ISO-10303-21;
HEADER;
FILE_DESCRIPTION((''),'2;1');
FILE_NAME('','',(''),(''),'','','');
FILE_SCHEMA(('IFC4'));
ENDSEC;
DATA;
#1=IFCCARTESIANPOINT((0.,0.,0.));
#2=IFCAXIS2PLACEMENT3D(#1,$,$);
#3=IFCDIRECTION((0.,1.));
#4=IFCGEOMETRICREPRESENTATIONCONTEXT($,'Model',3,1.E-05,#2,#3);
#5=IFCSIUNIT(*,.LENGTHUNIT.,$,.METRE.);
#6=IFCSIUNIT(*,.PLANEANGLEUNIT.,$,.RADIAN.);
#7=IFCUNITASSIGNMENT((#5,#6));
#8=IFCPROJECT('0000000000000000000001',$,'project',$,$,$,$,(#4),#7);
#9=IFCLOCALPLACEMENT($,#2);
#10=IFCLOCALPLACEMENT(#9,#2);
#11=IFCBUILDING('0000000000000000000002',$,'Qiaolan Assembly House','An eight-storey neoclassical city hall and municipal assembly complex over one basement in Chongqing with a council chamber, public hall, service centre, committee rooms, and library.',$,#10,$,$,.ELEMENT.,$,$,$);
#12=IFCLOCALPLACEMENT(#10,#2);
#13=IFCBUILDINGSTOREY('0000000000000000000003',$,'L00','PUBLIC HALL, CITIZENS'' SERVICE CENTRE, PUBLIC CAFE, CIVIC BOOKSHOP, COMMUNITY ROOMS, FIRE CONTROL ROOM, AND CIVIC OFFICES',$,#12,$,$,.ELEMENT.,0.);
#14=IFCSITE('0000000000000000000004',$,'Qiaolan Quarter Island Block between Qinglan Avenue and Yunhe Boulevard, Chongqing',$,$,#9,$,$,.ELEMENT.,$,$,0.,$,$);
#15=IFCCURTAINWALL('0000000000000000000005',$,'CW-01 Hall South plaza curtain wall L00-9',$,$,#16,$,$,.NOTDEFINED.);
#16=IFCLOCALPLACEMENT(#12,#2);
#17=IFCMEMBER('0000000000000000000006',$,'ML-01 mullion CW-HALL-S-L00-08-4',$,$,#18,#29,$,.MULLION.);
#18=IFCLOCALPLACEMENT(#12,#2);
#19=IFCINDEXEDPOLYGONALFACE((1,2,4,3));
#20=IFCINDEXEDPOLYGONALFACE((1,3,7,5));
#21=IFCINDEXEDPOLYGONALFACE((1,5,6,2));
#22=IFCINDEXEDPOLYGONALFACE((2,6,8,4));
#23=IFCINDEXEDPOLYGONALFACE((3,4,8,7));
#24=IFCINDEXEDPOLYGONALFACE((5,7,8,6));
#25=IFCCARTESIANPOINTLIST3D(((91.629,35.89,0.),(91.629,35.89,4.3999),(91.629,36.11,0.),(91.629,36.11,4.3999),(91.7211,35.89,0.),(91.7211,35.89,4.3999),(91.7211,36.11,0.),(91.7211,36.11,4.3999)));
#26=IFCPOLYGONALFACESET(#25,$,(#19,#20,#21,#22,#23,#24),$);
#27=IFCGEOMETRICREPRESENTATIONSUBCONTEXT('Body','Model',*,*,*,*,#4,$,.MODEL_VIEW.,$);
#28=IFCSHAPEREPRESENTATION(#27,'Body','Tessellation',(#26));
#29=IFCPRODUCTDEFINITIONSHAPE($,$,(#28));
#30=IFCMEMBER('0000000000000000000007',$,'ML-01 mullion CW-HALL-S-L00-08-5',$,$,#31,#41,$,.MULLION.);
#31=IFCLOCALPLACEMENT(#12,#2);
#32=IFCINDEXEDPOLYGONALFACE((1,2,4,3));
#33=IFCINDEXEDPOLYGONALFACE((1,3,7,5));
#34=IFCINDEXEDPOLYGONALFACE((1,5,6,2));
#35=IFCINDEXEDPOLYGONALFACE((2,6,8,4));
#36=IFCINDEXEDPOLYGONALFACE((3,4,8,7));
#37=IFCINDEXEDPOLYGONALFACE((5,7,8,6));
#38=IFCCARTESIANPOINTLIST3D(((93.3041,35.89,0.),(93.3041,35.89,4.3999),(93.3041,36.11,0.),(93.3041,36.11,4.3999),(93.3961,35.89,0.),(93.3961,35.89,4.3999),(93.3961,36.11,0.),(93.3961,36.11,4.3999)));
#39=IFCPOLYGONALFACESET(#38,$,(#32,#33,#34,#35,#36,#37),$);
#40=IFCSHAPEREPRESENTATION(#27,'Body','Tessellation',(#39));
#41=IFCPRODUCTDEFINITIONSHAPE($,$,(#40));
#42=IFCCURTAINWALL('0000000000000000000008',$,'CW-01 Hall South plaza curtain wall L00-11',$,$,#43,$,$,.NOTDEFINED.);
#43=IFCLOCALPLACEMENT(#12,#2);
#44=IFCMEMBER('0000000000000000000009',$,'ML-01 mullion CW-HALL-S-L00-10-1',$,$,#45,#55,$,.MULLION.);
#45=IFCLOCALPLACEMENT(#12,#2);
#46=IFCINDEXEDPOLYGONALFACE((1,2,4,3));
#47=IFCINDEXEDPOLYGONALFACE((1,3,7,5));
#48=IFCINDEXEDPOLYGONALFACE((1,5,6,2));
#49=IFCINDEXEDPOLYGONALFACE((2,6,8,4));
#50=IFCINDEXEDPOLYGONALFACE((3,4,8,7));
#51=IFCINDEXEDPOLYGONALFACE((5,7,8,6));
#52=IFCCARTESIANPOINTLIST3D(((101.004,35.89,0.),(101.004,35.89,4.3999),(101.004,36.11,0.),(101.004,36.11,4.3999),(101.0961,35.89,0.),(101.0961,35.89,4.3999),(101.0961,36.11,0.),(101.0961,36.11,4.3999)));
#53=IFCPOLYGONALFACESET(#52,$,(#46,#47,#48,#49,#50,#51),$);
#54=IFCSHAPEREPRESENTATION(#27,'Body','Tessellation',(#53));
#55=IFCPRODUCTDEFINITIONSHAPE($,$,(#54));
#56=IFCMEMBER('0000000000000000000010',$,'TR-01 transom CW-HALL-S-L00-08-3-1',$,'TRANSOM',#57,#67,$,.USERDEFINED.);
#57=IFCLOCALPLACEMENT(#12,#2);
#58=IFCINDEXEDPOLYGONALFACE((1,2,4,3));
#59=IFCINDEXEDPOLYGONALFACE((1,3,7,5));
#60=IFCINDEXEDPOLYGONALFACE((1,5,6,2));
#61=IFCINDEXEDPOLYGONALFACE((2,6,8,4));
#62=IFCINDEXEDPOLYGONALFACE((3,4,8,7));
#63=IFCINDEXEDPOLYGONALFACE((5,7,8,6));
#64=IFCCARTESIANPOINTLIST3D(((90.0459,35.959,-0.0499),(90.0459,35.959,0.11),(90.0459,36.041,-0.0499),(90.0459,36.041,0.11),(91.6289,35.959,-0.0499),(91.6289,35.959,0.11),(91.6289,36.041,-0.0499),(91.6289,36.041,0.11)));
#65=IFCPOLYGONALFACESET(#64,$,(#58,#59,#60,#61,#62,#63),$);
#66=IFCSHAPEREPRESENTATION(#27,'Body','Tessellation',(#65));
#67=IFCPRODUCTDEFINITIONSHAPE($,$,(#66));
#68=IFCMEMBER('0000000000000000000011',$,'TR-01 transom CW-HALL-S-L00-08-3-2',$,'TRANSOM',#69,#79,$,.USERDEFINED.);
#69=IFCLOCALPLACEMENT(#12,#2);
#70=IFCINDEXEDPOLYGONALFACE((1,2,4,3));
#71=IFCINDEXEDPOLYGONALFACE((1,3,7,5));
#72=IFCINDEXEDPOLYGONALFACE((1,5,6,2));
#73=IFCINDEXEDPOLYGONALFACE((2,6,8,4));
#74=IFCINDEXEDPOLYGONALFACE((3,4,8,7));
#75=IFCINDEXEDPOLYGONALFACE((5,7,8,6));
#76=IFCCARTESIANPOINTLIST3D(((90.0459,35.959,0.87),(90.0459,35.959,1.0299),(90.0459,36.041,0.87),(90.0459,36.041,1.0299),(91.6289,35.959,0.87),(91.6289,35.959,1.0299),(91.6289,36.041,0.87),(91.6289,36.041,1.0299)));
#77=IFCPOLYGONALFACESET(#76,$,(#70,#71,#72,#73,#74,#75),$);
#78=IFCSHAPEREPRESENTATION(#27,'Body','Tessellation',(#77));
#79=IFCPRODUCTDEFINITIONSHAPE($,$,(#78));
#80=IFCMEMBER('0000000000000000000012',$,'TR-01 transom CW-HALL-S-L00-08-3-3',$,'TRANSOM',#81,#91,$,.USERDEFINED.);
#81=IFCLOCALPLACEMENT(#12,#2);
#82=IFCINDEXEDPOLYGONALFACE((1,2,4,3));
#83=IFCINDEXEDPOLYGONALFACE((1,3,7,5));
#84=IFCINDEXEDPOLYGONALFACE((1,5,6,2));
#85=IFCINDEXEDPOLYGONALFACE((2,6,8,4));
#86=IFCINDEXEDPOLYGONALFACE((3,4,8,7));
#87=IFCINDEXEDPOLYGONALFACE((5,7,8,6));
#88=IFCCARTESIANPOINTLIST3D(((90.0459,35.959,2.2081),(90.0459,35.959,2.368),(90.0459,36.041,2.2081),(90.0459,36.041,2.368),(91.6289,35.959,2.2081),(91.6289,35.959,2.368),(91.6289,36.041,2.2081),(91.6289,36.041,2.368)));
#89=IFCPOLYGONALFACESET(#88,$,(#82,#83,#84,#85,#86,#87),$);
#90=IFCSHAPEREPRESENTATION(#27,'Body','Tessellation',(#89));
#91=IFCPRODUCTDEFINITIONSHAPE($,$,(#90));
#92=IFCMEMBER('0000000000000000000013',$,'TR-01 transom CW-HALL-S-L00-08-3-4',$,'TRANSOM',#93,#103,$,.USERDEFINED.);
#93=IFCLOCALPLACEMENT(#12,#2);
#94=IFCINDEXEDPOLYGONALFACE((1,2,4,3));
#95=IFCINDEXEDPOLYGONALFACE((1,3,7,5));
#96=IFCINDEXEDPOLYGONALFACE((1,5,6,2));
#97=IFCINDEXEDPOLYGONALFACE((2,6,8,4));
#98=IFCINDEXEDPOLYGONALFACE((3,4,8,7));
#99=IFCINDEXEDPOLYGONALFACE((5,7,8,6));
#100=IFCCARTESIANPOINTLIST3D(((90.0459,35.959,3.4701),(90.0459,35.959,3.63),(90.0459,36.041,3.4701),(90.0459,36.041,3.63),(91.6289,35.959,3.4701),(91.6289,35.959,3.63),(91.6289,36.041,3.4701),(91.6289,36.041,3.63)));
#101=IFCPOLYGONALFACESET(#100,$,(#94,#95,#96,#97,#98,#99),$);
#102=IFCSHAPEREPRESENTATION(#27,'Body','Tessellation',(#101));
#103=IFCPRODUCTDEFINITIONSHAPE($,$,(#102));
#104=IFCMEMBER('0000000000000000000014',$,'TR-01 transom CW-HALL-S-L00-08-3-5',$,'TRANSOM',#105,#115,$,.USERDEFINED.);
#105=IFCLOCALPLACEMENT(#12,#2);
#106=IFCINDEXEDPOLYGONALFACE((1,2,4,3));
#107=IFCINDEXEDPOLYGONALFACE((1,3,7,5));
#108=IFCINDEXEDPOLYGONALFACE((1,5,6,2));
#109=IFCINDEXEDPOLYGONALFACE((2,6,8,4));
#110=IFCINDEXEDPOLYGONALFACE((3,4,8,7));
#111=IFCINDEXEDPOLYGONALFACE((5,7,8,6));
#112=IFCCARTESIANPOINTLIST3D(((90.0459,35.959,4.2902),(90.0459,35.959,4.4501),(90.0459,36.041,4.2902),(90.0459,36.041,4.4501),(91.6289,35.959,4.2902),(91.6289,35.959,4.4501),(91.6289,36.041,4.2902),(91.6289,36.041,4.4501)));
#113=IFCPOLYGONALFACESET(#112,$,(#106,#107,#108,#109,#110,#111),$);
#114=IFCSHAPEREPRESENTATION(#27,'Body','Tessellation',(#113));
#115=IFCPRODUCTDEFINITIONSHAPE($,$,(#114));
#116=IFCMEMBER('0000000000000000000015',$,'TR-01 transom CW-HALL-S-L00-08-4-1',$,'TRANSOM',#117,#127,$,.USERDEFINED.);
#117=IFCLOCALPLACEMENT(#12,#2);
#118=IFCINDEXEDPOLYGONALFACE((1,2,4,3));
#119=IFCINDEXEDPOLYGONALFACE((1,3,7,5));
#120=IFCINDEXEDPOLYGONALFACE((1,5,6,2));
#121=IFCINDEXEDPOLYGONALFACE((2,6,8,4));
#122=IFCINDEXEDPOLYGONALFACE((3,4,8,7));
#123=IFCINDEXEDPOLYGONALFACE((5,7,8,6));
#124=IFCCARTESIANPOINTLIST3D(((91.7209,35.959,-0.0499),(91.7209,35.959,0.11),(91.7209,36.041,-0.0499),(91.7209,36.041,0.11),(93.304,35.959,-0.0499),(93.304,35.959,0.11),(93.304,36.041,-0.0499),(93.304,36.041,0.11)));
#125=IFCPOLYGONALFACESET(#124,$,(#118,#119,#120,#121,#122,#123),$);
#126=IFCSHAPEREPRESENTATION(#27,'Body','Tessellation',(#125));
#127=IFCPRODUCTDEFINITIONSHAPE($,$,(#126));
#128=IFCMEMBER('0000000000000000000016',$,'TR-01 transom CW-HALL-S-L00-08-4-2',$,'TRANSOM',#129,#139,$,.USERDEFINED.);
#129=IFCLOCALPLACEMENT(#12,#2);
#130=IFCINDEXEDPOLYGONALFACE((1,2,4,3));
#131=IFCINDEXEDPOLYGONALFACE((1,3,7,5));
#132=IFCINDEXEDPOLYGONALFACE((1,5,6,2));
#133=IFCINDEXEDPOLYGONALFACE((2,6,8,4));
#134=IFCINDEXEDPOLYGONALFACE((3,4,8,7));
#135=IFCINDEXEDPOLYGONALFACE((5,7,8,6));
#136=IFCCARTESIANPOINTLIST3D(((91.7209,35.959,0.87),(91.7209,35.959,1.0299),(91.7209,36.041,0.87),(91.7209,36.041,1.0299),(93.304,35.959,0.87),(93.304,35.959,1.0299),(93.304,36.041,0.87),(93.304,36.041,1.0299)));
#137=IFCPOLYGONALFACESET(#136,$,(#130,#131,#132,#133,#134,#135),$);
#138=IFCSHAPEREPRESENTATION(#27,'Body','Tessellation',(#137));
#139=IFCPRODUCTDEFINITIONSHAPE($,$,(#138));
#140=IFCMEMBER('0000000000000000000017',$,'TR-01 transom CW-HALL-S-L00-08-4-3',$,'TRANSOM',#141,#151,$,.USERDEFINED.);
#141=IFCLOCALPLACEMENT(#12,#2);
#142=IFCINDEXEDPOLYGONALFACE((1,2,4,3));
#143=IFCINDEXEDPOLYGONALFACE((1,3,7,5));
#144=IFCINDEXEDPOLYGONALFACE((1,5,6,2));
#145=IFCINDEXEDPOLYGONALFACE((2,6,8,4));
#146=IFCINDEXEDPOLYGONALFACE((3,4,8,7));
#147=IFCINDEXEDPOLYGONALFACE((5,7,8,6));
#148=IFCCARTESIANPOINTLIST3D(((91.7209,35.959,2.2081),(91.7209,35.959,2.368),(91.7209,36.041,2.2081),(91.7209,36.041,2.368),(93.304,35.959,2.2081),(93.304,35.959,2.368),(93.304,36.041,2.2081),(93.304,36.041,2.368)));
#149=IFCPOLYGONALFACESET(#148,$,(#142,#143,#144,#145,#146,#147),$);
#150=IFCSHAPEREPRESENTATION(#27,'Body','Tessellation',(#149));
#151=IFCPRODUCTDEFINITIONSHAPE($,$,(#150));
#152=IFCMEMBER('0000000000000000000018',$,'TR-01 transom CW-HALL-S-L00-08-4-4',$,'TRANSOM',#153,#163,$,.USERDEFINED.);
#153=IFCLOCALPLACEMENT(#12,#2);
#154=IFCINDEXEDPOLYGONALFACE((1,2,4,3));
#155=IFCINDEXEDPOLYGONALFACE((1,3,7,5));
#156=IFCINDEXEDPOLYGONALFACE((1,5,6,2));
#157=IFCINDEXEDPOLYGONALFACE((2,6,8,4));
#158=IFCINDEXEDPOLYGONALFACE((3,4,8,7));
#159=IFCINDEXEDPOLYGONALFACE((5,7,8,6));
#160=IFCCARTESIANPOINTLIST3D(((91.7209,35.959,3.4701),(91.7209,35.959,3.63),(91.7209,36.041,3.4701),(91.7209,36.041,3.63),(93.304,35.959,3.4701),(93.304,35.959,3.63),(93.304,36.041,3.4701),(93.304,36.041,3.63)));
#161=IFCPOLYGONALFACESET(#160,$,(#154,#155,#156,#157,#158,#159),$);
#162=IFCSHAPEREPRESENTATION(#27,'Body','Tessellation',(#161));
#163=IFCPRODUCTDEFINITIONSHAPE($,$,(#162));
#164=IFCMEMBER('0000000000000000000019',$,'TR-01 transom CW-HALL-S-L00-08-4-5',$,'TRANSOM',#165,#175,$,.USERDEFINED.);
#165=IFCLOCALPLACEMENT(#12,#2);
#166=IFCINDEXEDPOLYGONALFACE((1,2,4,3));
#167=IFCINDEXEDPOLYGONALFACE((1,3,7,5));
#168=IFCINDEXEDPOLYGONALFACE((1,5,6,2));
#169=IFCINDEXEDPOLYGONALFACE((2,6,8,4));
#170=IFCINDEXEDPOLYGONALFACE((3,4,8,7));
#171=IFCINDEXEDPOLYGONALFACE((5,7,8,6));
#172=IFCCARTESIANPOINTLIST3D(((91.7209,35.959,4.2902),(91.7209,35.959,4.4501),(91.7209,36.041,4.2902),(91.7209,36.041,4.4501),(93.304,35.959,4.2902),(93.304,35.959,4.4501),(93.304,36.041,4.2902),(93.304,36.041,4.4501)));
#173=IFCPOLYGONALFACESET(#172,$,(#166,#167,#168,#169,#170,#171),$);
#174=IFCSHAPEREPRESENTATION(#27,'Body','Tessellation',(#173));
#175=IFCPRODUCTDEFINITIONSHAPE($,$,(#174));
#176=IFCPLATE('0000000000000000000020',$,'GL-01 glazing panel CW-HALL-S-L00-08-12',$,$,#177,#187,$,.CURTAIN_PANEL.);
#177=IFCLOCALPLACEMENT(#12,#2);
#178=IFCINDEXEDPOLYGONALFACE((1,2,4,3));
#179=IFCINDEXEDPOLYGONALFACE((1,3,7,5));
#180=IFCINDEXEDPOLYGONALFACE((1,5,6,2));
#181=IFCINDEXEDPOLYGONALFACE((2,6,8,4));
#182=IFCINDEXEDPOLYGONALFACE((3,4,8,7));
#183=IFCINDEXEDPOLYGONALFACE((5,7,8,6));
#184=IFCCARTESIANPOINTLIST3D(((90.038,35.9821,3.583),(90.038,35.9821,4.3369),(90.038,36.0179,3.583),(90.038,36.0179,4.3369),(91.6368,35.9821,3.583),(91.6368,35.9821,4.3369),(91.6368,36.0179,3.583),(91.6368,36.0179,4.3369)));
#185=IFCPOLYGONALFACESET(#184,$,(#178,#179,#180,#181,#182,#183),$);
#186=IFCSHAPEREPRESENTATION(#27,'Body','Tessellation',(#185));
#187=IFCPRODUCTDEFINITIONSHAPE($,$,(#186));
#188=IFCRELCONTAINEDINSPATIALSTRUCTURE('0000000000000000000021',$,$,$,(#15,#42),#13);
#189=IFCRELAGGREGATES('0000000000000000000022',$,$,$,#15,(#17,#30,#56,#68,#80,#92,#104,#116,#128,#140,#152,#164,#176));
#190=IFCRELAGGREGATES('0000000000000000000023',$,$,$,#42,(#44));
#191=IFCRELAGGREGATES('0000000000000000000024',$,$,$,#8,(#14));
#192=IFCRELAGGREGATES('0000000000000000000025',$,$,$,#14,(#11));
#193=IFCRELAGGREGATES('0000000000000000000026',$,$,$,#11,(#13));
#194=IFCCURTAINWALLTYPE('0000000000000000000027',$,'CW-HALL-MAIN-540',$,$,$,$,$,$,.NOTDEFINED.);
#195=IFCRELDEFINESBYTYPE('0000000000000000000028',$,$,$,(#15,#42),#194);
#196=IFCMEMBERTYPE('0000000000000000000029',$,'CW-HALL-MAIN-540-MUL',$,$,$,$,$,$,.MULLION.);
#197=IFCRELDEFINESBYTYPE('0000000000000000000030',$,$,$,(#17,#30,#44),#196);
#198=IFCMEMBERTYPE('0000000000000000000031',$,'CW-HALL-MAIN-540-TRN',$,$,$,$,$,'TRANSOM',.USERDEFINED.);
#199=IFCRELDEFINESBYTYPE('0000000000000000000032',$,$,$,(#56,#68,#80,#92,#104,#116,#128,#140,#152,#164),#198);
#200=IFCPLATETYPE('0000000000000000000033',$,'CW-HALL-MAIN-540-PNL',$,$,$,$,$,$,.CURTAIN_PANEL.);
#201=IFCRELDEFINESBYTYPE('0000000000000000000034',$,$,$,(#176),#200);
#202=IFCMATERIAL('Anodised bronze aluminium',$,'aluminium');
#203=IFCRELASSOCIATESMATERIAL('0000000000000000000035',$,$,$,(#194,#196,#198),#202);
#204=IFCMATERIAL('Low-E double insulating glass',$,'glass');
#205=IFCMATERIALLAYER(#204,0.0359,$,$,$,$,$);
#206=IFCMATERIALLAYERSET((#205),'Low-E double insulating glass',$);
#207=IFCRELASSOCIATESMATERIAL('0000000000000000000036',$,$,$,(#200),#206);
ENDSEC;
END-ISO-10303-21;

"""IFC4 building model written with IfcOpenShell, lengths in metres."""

from ifc_helpers import new_model, si_unit, direction, frame, frame_2d, origin, origin_2d, place, context, subcontext, project, spatial, rectangle, extrude, material, layer, layer_set, material_profile, profile_set, type_object, element, aggregate, save


model = new_model("IFC4")

# Units and contexts
model_context = context("Model", 3, precision=1e-05, world=origin(), true_north=direction((0.0, 1.0)))
body_context = subcontext(model_context, "Body", "Model", "MODEL_VIEW")
ifc_project = project(units=[si_unit("LENGTHUNIT", "METRE"), si_unit("PLANEANGLEUNIT", "RADIAN")], contexts=[model_context])

# Site, building, storey
site_placement = place(None, origin())
site = spatial("IfcSite", under=ifc_project, at=site_placement, Name="Qiaolan Quarter Island Block between Qinglan Avenue and Yunhe Boulevard, Chongqing", CompositionType="ELEMENT", RefElevation=0.0)
building_placement = place(site_placement, origin())
building = spatial("IfcBuilding", under=site, at=building_placement, Name="Qiaolan Assembly House", Description="An eight-storey neoclassical city hall and municipal assembly complex over one basement in Chongqing with a council chamber, public hall, service centre, committee rooms, and library.", CompositionType="ELEMENT")
storey_placement = place(building_placement, origin())
storey = spatial("IfcBuildingStorey", under=building, at=storey_placement, Name="L00", Description="PUBLIC HALL, CITIZENS' SERVICE CENTRE, PUBLIC CAFE, CIVIC BOOKSHOP, COMMUNITY ROOMS, FIRE CONTROL ROOM, AND CIVIC OFFICES", CompositionType="ELEMENT", Elevation=0.0)

# Curtain wall, members
ifc_material_1 = material(Name="Anodised bronze aluminium", Category="aluminium")
curtain_wall_type = type_object("IfcCurtainWallType", Name="CW-HALL-MAIN-540", PredefinedType="NOTDEFINED", material=ifc_material_1)
curtain_wall_1_placement = place(storey_placement, origin())
curtain_wall_1 = element("IfcCurtainWall", 1, at=curtain_wall_1_placement, inside=storey, type_object=curtain_wall_type, Name="CW-01 Hall South plaza curtain wall L00-9", PredefinedType="NOTDEFINED")
ifc_material_profile_1 = material_profile(ifc_material_1, rectangle(XDim=0.092, YDim=0.22, at=origin_2d()), Name="MUL 92x220")
ifc_profile_set_1 = profile_set([ifc_material_profile_1], Name="Anodised bronze aluminium")
member_type_1 = type_object("IfcMemberType", Name="CW-HALL-MAIN-540-MUL", PredefinedType="MULLION", material=ifc_profile_set_1)
member_1_placement = place(storey_placement, frame((91.675, 36.0, 0.0), z_axis=(0.0, 0.0, 1.0), x_axis=(1.0, 0.0, 0.0)))
member_1 = element("IfcMember", 2, at=member_1_placement, type_object=member_type_1, Name="ML-01 mullion CW-HALL-S-L00-08-4", PredefinedType="MULLION", context=body_context, shape_type="SweptSolid", body=[
    extrude(rectangle(XDim=0.092, YDim=0.22, at=origin_2d()), origin(), (0.0, 0.0, 1.0), 4.3999),
])
member_2_placement = place(storey_placement, frame((93.3501, 36.0, 0.0), z_axis=(0.0, 0.0, 1.0), x_axis=(1.0, 0.0, 0.0)))
member_2 = element("IfcMember", 3, at=member_2_placement, type_object=member_type_1, Name="ML-01 mullion CW-HALL-S-L00-08-5", PredefinedType="MULLION", context=body_context, shape_type="SweptSolid", body=[
    extrude(rectangle(XDim=0.092, YDim=0.22, at=origin_2d()), origin(), (0.0, 0.0, 1.0), 4.3999),
])

# Curtain wall, member
curtain_wall_2_placement = place(storey_placement, origin())
curtain_wall_2 = element("IfcCurtainWall", 4, at=curtain_wall_2_placement, inside=storey, type_object=curtain_wall_type, Name="CW-01 Hall South plaza curtain wall L00-11", PredefinedType="NOTDEFINED")
member_3_placement = place(storey_placement, frame((101.05, 36.0, 0.0), z_axis=(0.0, 0.0, 1.0), x_axis=(1.0, 0.0, 0.0)))
member_3 = element("IfcMember", 5, at=member_3_placement, type_object=member_type_1, Name="ML-01 mullion CW-HALL-S-L00-10-1", PredefinedType="MULLION", context=body_context, shape_type="SweptSolid", body=[
    extrude(rectangle(XDim=0.092, YDim=0.22, at=origin_2d()), origin(), (0.0, 0.0, 1.0), 4.3999),
])

# Members
ifc_material_profile_2 = material_profile(ifc_material_1, rectangle(XDim=0.082, YDim=0.1599, at=origin_2d()), Name="TRN 82x160")
ifc_profile_set_2 = profile_set([ifc_material_profile_2], Name="Anodised bronze aluminium")
member_type_2 = type_object("IfcMemberType", Name="CW-HALL-MAIN-540-TRN", ElementType="TRANSOM", PredefinedType="USERDEFINED", material=ifc_profile_set_2)
member_4_placement = place(storey_placement, frame((90.0459, 36.0, 0.03), z_axis=(1.0, 0.0, 0.0), x_axis=(0.0, 1.0, 0.0)))
member_4 = element("IfcMember", 6, at=member_4_placement, type_object=member_type_2, Name="TR-01 transom CW-HALL-S-L00-08-3-1", ObjectType="TRANSOM", PredefinedType="USERDEFINED", context=body_context, shape_type="SweptSolid", body=[
    extrude(rectangle(XDim=0.082, YDim=0.1599, at=origin_2d()), origin(), (0.0, 0.0, 1.0), 1.583),
])
member_5_placement = place(storey_placement, frame((90.0459, 36.0, 0.95), z_axis=(1.0, 0.0, 0.0), x_axis=(0.0, 1.0, 0.0)))
member_5 = element("IfcMember", 7, at=member_5_placement, type_object=member_type_2, Name="TR-01 transom CW-HALL-S-L00-08-3-2", ObjectType="TRANSOM", PredefinedType="USERDEFINED", context=body_context, shape_type="SweptSolid", body=[
    extrude(rectangle(XDim=0.082, YDim=0.1599, at=origin_2d()), origin(), (0.0, 0.0, 1.0), 1.583),
])
member_6_placement = place(storey_placement, frame((90.0459, 36.0, 2.2881), z_axis=(1.0, 0.0, 0.0), x_axis=(0.0, 1.0, 0.0)))
member_6 = element("IfcMember", 8, at=member_6_placement, type_object=member_type_2, Name="TR-01 transom CW-HALL-S-L00-08-3-3", ObjectType="TRANSOM", PredefinedType="USERDEFINED", context=body_context, shape_type="SweptSolid", body=[
    extrude(rectangle(XDim=0.082, YDim=0.1599, at=origin_2d()), origin(), (0.0, 0.0, 1.0), 1.583),
])
member_7_placement = place(storey_placement, frame((90.0459, 36.0, 3.55), z_axis=(1.0, 0.0, 0.0), x_axis=(0.0, 1.0, 0.0)))
member_7 = element("IfcMember", 9, at=member_7_placement, type_object=member_type_2, Name="TR-01 transom CW-HALL-S-L00-08-3-4", ObjectType="TRANSOM", PredefinedType="USERDEFINED", context=body_context, shape_type="SweptSolid", body=[
    extrude(rectangle(XDim=0.082, YDim=0.1599, at=origin_2d()), origin(), (0.0, 0.0, 1.0), 1.583),
])
member_8_placement = place(storey_placement, frame((90.0459, 36.0, 4.3701), z_axis=(1.0, 0.0, 0.0), x_axis=(0.0, 1.0, 0.0)))
member_8 = element("IfcMember", 10, at=member_8_placement, type_object=member_type_2, Name="TR-01 transom CW-HALL-S-L00-08-3-5", ObjectType="TRANSOM", PredefinedType="USERDEFINED", context=body_context, shape_type="SweptSolid", body=[
    extrude(rectangle(XDim=0.082, YDim=0.1599, at=origin_2d()), origin(), (0.0, 0.0, 1.0), 1.583),
])
member_9_placement = place(storey_placement, frame((91.7209, 36.0, 0.03), z_axis=(1.0, 0.0, 0.0), x_axis=(0.0, 1.0, 0.0)))
member_9 = element("IfcMember", 11, at=member_9_placement, type_object=member_type_2, Name="TR-01 transom CW-HALL-S-L00-08-4-1", ObjectType="TRANSOM", PredefinedType="USERDEFINED", context=body_context, shape_type="SweptSolid", body=[
    extrude(rectangle(XDim=0.082, YDim=0.1599, at=origin_2d()), origin(), (0.0, 0.0, 1.0), 1.583),
])
member_10_placement = place(storey_placement, frame((91.7209, 36.0, 0.95), z_axis=(1.0, 0.0, 0.0), x_axis=(0.0, 1.0, 0.0)))
member_10 = element("IfcMember", 12, at=member_10_placement, type_object=member_type_2, Name="TR-01 transom CW-HALL-S-L00-08-4-2", ObjectType="TRANSOM", PredefinedType="USERDEFINED", context=body_context, shape_type="SweptSolid", body=[
    extrude(rectangle(XDim=0.082, YDim=0.1599, at=origin_2d()), origin(), (0.0, 0.0, 1.0), 1.583),
])
member_11_placement = place(storey_placement, frame((91.7209, 36.0, 2.2881), z_axis=(1.0, 0.0, 0.0), x_axis=(0.0, 1.0, 0.0)))
member_11 = element("IfcMember", 13, at=member_11_placement, type_object=member_type_2, Name="TR-01 transom CW-HALL-S-L00-08-4-3", ObjectType="TRANSOM", PredefinedType="USERDEFINED", context=body_context, shape_type="SweptSolid", body=[
    extrude(rectangle(XDim=0.082, YDim=0.1599, at=origin_2d()), origin(), (0.0, 0.0, 1.0), 1.583),
])
member_12_placement = place(storey_placement, frame((91.7209, 36.0, 3.55), z_axis=(1.0, 0.0, 0.0), x_axis=(0.0, 1.0, 0.0)))
member_12 = element("IfcMember", 14, at=member_12_placement, type_object=member_type_2, Name="TR-01 transom CW-HALL-S-L00-08-4-4", ObjectType="TRANSOM", PredefinedType="USERDEFINED", context=body_context, shape_type="SweptSolid", body=[
    extrude(rectangle(XDim=0.082, YDim=0.1599, at=origin_2d()), origin(), (0.0, 0.0, 1.0), 1.583),
])
member_13_placement = place(storey_placement, frame((91.7209, 36.0, 4.3701), z_axis=(1.0, 0.0, 0.0), x_axis=(0.0, 1.0, 0.0)))
member_13 = element("IfcMember", 15, at=member_13_placement, type_object=member_type_2, Name="TR-01 transom CW-HALL-S-L00-08-4-5", ObjectType="TRANSOM", PredefinedType="USERDEFINED", context=body_context, shape_type="SweptSolid", body=[
    extrude(rectangle(XDim=0.082, YDim=0.1599, at=origin_2d()), origin(), (0.0, 0.0, 1.0), 1.583),
])

# Plate
ifc_material_2 = material(Name="Low-E double insulating glass", Category="glass")
ifc_layer_1 = layer(ifc_material_2, 0.0359)
ifc_layer_set_1 = layer_set([ifc_layer_1], Name="Low-E double insulating glass")
plate_type = type_object("IfcPlateType", Name="CW-HALL-MAIN-540-PNL", PredefinedType="CURTAIN_PANEL", material=ifc_layer_set_1)
plate_1_placement = place(storey_placement, frame((90.0381, 36.0, 3.583), z_axis=(0.0, 0.0, 1.0), x_axis=(1.0, 0.0, 0.0)))
plate_1 = element("IfcPlate", 16, at=plate_1_placement, type_object=plate_type, Name="GL-01 glazing panel CW-HALL-S-L00-08-12", PredefinedType="CURTAIN_PANEL", context=body_context, shape_type="SweptSolid", body=[
    extrude(rectangle(XDim=1.5989, YDim=0.0359, at=frame_2d((0.7993, 0.0))), origin(), (0.0, 0.0, 1.0), 0.7539),
])
aggregate(curtain_wall_1, [member_1, member_2, member_4, member_5, member_6, member_7, member_8, member_9, member_10, member_11, member_12, member_13, plate_1])
aggregate(curtain_wall_2, [member_3])

save(model, "model.ifc")
